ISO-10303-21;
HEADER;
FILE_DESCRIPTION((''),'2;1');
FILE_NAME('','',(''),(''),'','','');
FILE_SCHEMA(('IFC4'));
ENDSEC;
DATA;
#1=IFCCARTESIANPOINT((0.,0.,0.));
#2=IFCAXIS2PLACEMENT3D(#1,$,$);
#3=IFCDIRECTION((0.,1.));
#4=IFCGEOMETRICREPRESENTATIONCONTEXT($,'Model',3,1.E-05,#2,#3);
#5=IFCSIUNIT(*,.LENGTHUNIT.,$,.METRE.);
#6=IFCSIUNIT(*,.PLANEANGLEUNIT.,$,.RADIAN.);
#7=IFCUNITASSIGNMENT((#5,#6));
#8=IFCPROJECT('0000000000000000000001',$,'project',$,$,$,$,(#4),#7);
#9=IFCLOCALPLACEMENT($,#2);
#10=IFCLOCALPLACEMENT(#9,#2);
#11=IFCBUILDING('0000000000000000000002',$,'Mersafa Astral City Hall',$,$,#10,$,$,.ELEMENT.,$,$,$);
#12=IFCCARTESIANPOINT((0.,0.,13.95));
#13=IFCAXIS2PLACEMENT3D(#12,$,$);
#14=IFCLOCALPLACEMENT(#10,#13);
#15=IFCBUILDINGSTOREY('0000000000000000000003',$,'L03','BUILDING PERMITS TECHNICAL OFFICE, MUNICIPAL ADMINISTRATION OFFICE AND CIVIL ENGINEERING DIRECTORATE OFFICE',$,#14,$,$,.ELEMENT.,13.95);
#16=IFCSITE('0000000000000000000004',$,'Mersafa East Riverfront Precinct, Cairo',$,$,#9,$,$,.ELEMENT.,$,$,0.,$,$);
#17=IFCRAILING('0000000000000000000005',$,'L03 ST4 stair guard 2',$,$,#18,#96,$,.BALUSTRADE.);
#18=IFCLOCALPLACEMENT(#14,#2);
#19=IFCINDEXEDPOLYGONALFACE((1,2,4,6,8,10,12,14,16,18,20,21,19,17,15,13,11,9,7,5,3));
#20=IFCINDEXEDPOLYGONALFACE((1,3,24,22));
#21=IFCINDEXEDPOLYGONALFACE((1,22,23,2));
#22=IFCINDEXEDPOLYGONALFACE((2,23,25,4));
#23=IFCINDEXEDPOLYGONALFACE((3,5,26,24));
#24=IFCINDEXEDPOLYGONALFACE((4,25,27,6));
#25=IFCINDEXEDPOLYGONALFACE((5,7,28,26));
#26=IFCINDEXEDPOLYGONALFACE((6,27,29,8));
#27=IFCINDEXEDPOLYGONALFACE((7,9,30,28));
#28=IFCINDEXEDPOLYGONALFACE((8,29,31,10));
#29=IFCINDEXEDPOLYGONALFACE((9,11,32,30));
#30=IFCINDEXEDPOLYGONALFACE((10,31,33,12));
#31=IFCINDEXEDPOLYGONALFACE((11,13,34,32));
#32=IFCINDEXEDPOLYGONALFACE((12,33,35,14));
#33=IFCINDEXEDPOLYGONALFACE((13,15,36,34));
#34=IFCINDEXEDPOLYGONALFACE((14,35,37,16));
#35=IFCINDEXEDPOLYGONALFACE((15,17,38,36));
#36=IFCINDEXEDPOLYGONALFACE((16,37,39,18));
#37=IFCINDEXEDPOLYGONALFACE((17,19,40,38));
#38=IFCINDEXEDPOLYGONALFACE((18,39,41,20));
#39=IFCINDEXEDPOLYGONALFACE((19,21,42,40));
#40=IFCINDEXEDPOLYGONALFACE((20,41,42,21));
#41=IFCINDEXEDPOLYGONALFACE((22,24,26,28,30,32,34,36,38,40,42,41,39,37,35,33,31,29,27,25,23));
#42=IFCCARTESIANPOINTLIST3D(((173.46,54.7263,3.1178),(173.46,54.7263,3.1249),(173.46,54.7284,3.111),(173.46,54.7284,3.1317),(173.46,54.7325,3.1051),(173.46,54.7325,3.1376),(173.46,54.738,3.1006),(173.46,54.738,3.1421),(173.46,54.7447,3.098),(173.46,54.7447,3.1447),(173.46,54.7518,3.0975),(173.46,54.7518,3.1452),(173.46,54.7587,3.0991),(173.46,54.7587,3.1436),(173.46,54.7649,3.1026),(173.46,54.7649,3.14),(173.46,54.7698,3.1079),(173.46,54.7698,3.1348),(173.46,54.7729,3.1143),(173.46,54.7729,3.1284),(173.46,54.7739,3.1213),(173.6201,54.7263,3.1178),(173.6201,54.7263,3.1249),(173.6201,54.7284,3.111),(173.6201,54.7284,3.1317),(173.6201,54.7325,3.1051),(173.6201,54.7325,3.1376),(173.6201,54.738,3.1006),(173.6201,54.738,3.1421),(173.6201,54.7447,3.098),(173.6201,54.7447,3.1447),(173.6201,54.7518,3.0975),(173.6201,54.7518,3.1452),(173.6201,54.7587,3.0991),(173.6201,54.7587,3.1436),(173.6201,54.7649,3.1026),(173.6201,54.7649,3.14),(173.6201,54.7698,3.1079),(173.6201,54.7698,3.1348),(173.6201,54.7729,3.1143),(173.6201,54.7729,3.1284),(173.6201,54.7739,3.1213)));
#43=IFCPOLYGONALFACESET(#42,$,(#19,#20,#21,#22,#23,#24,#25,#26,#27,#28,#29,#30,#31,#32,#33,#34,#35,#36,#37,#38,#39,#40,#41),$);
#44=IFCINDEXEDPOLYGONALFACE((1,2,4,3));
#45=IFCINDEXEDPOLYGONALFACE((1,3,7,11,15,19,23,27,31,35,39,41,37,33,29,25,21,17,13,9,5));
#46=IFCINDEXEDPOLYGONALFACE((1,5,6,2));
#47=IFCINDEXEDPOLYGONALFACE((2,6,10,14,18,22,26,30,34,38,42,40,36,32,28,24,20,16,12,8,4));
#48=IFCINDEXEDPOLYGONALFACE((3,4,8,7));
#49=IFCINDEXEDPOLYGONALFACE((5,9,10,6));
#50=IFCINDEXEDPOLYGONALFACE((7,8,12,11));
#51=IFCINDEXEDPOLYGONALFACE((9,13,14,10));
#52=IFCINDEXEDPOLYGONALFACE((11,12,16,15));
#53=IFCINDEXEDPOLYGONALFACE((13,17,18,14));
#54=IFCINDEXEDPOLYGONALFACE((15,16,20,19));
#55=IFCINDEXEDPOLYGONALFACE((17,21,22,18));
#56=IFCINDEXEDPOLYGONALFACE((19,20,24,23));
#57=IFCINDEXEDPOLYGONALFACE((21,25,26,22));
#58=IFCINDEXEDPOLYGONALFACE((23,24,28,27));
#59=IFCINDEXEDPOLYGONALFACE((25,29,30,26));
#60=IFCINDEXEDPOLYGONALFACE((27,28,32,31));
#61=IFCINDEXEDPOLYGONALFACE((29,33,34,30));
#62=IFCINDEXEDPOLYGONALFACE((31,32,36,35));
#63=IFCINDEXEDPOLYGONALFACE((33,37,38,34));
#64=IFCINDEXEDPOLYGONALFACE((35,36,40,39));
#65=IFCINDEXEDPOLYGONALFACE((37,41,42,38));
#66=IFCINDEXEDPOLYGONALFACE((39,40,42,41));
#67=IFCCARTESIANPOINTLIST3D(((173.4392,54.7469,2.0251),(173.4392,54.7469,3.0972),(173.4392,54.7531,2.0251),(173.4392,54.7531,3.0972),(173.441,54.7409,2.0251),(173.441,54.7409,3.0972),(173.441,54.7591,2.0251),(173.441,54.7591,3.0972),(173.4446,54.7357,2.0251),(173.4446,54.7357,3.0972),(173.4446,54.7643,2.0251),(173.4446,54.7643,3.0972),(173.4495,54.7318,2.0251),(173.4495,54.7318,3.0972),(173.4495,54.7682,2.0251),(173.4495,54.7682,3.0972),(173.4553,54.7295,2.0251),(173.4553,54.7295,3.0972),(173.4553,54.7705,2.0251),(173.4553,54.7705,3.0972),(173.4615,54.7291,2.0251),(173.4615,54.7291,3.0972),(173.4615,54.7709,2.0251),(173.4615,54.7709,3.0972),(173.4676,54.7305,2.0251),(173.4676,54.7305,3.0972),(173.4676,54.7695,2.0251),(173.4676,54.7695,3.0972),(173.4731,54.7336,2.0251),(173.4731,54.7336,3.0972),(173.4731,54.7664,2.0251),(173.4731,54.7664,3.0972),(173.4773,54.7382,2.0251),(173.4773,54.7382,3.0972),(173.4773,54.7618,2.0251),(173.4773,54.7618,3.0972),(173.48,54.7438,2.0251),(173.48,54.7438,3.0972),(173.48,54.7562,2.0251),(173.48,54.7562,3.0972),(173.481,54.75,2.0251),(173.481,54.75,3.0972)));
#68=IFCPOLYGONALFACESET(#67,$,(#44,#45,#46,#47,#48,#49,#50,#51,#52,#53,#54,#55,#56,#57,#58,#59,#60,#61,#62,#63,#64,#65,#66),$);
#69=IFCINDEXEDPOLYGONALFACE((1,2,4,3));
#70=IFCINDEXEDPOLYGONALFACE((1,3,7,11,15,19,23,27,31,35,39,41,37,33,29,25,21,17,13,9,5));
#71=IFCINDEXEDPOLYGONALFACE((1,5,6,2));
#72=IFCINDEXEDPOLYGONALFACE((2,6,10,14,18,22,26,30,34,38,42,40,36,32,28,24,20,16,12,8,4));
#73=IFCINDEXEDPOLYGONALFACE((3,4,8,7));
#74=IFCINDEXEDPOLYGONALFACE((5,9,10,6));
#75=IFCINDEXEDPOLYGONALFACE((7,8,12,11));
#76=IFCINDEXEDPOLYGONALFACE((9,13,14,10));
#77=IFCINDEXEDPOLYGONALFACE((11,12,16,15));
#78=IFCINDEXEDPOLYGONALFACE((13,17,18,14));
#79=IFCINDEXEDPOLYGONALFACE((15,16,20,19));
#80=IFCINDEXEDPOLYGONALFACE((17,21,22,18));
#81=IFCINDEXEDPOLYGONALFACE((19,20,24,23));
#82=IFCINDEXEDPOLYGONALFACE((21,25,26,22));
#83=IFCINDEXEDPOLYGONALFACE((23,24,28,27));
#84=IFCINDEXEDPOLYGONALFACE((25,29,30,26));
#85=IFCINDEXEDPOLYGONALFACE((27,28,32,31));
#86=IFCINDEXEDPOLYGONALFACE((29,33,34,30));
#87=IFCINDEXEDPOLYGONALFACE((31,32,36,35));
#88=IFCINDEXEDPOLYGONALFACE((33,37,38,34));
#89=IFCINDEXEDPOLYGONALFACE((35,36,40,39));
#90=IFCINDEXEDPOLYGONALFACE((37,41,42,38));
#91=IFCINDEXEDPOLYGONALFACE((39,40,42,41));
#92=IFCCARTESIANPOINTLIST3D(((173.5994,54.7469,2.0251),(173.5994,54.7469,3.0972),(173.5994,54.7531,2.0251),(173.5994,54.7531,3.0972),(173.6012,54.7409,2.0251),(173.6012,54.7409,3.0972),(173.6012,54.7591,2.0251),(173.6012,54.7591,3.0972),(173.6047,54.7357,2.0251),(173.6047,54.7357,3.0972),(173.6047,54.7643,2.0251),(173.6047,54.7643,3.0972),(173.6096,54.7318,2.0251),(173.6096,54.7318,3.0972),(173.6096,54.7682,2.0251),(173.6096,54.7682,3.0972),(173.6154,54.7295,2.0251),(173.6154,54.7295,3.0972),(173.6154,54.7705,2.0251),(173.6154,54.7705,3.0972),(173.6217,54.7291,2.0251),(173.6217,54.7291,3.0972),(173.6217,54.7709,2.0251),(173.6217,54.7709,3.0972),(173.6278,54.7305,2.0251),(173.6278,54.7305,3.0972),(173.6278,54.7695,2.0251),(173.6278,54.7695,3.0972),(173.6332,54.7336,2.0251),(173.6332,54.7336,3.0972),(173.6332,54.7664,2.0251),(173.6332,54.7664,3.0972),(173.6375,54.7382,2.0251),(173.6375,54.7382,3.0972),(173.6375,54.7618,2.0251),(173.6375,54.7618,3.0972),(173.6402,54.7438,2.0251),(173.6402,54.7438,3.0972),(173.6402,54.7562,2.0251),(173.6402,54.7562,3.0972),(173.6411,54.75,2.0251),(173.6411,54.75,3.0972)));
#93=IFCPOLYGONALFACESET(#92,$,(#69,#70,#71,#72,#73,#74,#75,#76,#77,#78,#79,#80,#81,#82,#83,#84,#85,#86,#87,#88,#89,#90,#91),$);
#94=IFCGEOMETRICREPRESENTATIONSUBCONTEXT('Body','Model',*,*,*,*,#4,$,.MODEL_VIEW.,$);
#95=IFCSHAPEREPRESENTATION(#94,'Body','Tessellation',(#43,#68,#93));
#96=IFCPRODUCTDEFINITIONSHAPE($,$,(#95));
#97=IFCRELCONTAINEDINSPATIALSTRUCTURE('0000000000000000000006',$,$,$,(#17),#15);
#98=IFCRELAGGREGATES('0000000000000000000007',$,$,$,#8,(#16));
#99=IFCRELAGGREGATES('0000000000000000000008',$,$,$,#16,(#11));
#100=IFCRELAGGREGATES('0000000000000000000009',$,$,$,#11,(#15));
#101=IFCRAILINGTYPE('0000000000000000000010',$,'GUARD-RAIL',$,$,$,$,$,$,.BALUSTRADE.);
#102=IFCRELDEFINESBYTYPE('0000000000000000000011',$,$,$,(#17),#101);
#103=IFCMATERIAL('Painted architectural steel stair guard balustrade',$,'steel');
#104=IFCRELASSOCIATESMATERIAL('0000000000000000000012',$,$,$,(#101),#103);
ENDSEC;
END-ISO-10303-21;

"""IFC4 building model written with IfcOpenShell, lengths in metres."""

from ifc_helpers import new_model, si_unit, direction, frame, origin, origin_2d, place, context, subcontext, project, spatial, circle, extrude, material, type_object, element, save


model = new_model("IFC4")

# Units and contexts
model_context = context("Model", 3, precision=1e-05, world=origin(), true_north=direction((0.0, 1.0)))
body_context = subcontext(model_context, "Body", "Model", "MODEL_VIEW")
ifc_project = project(units=[si_unit("LENGTHUNIT", "METRE"), si_unit("PLANEANGLEUNIT", "RADIAN")], contexts=[model_context])

# Site, building, storey
site_placement = place(None, origin())
site = spatial("IfcSite", under=ifc_project, at=site_placement, Name="Mersafa East Riverfront Precinct, Cairo", CompositionType="ELEMENT", RefElevation=0.0)
building_placement = place(site_placement, origin())
building = spatial("IfcBuilding", under=site, at=building_placement, Name="Mersafa Astral City Hall", CompositionType="ELEMENT")
storey_placement = place(building_placement, frame((0.0, 0.0, 13.95)))
storey = spatial("IfcBuildingStorey", under=building, at=storey_placement, Name="L03", Description="BUILDING PERMITS TECHNICAL OFFICE, MUNICIPAL ADMINISTRATION OFFICE AND CIVIL ENGINEERING DIRECTORATE OFFICE", CompositionType="ELEMENT", Elevation=13.95)

# Railing
ifc_material_1 = material(Name="Painted architectural steel stair guard balustrade", Category="steel")
railing_type = type_object("IfcRailingType", Name="GUARD-RAIL", PredefinedType="BALUSTRADE", material=ifc_material_1)
railing_1_placement = place(storey_placement, frame((173.46, 54.75, 2.0251)))
element("IfcRailing", 1, at=railing_1_placement, inside=storey, type_object=railing_type, Name="L03 ST4 stair guard 2", PredefinedType="BALUSTRADE", context=body_context, shape_type="SweptSolid", body=[
    extrude(circle(Radius=0.0239, at=origin_2d()), frame((0.0, 0.0, 1.0962), z_axis=(1.0, 0.0, 0.0), x_axis=(0.0, 1.0, 0.0)), (0.0, 0.0, 1.0), 0.1602),
    extrude(circle(Radius=0.021, at=origin_2d()), origin(), (0.0, 0.0, 1.0), 1.072),
    extrude(circle(Radius=0.021, at=origin_2d()), frame((0.1602, 0.0, 0.0)), (0.0, 0.0, 1.0), 1.072),
])

save(model, "model.ifc")
